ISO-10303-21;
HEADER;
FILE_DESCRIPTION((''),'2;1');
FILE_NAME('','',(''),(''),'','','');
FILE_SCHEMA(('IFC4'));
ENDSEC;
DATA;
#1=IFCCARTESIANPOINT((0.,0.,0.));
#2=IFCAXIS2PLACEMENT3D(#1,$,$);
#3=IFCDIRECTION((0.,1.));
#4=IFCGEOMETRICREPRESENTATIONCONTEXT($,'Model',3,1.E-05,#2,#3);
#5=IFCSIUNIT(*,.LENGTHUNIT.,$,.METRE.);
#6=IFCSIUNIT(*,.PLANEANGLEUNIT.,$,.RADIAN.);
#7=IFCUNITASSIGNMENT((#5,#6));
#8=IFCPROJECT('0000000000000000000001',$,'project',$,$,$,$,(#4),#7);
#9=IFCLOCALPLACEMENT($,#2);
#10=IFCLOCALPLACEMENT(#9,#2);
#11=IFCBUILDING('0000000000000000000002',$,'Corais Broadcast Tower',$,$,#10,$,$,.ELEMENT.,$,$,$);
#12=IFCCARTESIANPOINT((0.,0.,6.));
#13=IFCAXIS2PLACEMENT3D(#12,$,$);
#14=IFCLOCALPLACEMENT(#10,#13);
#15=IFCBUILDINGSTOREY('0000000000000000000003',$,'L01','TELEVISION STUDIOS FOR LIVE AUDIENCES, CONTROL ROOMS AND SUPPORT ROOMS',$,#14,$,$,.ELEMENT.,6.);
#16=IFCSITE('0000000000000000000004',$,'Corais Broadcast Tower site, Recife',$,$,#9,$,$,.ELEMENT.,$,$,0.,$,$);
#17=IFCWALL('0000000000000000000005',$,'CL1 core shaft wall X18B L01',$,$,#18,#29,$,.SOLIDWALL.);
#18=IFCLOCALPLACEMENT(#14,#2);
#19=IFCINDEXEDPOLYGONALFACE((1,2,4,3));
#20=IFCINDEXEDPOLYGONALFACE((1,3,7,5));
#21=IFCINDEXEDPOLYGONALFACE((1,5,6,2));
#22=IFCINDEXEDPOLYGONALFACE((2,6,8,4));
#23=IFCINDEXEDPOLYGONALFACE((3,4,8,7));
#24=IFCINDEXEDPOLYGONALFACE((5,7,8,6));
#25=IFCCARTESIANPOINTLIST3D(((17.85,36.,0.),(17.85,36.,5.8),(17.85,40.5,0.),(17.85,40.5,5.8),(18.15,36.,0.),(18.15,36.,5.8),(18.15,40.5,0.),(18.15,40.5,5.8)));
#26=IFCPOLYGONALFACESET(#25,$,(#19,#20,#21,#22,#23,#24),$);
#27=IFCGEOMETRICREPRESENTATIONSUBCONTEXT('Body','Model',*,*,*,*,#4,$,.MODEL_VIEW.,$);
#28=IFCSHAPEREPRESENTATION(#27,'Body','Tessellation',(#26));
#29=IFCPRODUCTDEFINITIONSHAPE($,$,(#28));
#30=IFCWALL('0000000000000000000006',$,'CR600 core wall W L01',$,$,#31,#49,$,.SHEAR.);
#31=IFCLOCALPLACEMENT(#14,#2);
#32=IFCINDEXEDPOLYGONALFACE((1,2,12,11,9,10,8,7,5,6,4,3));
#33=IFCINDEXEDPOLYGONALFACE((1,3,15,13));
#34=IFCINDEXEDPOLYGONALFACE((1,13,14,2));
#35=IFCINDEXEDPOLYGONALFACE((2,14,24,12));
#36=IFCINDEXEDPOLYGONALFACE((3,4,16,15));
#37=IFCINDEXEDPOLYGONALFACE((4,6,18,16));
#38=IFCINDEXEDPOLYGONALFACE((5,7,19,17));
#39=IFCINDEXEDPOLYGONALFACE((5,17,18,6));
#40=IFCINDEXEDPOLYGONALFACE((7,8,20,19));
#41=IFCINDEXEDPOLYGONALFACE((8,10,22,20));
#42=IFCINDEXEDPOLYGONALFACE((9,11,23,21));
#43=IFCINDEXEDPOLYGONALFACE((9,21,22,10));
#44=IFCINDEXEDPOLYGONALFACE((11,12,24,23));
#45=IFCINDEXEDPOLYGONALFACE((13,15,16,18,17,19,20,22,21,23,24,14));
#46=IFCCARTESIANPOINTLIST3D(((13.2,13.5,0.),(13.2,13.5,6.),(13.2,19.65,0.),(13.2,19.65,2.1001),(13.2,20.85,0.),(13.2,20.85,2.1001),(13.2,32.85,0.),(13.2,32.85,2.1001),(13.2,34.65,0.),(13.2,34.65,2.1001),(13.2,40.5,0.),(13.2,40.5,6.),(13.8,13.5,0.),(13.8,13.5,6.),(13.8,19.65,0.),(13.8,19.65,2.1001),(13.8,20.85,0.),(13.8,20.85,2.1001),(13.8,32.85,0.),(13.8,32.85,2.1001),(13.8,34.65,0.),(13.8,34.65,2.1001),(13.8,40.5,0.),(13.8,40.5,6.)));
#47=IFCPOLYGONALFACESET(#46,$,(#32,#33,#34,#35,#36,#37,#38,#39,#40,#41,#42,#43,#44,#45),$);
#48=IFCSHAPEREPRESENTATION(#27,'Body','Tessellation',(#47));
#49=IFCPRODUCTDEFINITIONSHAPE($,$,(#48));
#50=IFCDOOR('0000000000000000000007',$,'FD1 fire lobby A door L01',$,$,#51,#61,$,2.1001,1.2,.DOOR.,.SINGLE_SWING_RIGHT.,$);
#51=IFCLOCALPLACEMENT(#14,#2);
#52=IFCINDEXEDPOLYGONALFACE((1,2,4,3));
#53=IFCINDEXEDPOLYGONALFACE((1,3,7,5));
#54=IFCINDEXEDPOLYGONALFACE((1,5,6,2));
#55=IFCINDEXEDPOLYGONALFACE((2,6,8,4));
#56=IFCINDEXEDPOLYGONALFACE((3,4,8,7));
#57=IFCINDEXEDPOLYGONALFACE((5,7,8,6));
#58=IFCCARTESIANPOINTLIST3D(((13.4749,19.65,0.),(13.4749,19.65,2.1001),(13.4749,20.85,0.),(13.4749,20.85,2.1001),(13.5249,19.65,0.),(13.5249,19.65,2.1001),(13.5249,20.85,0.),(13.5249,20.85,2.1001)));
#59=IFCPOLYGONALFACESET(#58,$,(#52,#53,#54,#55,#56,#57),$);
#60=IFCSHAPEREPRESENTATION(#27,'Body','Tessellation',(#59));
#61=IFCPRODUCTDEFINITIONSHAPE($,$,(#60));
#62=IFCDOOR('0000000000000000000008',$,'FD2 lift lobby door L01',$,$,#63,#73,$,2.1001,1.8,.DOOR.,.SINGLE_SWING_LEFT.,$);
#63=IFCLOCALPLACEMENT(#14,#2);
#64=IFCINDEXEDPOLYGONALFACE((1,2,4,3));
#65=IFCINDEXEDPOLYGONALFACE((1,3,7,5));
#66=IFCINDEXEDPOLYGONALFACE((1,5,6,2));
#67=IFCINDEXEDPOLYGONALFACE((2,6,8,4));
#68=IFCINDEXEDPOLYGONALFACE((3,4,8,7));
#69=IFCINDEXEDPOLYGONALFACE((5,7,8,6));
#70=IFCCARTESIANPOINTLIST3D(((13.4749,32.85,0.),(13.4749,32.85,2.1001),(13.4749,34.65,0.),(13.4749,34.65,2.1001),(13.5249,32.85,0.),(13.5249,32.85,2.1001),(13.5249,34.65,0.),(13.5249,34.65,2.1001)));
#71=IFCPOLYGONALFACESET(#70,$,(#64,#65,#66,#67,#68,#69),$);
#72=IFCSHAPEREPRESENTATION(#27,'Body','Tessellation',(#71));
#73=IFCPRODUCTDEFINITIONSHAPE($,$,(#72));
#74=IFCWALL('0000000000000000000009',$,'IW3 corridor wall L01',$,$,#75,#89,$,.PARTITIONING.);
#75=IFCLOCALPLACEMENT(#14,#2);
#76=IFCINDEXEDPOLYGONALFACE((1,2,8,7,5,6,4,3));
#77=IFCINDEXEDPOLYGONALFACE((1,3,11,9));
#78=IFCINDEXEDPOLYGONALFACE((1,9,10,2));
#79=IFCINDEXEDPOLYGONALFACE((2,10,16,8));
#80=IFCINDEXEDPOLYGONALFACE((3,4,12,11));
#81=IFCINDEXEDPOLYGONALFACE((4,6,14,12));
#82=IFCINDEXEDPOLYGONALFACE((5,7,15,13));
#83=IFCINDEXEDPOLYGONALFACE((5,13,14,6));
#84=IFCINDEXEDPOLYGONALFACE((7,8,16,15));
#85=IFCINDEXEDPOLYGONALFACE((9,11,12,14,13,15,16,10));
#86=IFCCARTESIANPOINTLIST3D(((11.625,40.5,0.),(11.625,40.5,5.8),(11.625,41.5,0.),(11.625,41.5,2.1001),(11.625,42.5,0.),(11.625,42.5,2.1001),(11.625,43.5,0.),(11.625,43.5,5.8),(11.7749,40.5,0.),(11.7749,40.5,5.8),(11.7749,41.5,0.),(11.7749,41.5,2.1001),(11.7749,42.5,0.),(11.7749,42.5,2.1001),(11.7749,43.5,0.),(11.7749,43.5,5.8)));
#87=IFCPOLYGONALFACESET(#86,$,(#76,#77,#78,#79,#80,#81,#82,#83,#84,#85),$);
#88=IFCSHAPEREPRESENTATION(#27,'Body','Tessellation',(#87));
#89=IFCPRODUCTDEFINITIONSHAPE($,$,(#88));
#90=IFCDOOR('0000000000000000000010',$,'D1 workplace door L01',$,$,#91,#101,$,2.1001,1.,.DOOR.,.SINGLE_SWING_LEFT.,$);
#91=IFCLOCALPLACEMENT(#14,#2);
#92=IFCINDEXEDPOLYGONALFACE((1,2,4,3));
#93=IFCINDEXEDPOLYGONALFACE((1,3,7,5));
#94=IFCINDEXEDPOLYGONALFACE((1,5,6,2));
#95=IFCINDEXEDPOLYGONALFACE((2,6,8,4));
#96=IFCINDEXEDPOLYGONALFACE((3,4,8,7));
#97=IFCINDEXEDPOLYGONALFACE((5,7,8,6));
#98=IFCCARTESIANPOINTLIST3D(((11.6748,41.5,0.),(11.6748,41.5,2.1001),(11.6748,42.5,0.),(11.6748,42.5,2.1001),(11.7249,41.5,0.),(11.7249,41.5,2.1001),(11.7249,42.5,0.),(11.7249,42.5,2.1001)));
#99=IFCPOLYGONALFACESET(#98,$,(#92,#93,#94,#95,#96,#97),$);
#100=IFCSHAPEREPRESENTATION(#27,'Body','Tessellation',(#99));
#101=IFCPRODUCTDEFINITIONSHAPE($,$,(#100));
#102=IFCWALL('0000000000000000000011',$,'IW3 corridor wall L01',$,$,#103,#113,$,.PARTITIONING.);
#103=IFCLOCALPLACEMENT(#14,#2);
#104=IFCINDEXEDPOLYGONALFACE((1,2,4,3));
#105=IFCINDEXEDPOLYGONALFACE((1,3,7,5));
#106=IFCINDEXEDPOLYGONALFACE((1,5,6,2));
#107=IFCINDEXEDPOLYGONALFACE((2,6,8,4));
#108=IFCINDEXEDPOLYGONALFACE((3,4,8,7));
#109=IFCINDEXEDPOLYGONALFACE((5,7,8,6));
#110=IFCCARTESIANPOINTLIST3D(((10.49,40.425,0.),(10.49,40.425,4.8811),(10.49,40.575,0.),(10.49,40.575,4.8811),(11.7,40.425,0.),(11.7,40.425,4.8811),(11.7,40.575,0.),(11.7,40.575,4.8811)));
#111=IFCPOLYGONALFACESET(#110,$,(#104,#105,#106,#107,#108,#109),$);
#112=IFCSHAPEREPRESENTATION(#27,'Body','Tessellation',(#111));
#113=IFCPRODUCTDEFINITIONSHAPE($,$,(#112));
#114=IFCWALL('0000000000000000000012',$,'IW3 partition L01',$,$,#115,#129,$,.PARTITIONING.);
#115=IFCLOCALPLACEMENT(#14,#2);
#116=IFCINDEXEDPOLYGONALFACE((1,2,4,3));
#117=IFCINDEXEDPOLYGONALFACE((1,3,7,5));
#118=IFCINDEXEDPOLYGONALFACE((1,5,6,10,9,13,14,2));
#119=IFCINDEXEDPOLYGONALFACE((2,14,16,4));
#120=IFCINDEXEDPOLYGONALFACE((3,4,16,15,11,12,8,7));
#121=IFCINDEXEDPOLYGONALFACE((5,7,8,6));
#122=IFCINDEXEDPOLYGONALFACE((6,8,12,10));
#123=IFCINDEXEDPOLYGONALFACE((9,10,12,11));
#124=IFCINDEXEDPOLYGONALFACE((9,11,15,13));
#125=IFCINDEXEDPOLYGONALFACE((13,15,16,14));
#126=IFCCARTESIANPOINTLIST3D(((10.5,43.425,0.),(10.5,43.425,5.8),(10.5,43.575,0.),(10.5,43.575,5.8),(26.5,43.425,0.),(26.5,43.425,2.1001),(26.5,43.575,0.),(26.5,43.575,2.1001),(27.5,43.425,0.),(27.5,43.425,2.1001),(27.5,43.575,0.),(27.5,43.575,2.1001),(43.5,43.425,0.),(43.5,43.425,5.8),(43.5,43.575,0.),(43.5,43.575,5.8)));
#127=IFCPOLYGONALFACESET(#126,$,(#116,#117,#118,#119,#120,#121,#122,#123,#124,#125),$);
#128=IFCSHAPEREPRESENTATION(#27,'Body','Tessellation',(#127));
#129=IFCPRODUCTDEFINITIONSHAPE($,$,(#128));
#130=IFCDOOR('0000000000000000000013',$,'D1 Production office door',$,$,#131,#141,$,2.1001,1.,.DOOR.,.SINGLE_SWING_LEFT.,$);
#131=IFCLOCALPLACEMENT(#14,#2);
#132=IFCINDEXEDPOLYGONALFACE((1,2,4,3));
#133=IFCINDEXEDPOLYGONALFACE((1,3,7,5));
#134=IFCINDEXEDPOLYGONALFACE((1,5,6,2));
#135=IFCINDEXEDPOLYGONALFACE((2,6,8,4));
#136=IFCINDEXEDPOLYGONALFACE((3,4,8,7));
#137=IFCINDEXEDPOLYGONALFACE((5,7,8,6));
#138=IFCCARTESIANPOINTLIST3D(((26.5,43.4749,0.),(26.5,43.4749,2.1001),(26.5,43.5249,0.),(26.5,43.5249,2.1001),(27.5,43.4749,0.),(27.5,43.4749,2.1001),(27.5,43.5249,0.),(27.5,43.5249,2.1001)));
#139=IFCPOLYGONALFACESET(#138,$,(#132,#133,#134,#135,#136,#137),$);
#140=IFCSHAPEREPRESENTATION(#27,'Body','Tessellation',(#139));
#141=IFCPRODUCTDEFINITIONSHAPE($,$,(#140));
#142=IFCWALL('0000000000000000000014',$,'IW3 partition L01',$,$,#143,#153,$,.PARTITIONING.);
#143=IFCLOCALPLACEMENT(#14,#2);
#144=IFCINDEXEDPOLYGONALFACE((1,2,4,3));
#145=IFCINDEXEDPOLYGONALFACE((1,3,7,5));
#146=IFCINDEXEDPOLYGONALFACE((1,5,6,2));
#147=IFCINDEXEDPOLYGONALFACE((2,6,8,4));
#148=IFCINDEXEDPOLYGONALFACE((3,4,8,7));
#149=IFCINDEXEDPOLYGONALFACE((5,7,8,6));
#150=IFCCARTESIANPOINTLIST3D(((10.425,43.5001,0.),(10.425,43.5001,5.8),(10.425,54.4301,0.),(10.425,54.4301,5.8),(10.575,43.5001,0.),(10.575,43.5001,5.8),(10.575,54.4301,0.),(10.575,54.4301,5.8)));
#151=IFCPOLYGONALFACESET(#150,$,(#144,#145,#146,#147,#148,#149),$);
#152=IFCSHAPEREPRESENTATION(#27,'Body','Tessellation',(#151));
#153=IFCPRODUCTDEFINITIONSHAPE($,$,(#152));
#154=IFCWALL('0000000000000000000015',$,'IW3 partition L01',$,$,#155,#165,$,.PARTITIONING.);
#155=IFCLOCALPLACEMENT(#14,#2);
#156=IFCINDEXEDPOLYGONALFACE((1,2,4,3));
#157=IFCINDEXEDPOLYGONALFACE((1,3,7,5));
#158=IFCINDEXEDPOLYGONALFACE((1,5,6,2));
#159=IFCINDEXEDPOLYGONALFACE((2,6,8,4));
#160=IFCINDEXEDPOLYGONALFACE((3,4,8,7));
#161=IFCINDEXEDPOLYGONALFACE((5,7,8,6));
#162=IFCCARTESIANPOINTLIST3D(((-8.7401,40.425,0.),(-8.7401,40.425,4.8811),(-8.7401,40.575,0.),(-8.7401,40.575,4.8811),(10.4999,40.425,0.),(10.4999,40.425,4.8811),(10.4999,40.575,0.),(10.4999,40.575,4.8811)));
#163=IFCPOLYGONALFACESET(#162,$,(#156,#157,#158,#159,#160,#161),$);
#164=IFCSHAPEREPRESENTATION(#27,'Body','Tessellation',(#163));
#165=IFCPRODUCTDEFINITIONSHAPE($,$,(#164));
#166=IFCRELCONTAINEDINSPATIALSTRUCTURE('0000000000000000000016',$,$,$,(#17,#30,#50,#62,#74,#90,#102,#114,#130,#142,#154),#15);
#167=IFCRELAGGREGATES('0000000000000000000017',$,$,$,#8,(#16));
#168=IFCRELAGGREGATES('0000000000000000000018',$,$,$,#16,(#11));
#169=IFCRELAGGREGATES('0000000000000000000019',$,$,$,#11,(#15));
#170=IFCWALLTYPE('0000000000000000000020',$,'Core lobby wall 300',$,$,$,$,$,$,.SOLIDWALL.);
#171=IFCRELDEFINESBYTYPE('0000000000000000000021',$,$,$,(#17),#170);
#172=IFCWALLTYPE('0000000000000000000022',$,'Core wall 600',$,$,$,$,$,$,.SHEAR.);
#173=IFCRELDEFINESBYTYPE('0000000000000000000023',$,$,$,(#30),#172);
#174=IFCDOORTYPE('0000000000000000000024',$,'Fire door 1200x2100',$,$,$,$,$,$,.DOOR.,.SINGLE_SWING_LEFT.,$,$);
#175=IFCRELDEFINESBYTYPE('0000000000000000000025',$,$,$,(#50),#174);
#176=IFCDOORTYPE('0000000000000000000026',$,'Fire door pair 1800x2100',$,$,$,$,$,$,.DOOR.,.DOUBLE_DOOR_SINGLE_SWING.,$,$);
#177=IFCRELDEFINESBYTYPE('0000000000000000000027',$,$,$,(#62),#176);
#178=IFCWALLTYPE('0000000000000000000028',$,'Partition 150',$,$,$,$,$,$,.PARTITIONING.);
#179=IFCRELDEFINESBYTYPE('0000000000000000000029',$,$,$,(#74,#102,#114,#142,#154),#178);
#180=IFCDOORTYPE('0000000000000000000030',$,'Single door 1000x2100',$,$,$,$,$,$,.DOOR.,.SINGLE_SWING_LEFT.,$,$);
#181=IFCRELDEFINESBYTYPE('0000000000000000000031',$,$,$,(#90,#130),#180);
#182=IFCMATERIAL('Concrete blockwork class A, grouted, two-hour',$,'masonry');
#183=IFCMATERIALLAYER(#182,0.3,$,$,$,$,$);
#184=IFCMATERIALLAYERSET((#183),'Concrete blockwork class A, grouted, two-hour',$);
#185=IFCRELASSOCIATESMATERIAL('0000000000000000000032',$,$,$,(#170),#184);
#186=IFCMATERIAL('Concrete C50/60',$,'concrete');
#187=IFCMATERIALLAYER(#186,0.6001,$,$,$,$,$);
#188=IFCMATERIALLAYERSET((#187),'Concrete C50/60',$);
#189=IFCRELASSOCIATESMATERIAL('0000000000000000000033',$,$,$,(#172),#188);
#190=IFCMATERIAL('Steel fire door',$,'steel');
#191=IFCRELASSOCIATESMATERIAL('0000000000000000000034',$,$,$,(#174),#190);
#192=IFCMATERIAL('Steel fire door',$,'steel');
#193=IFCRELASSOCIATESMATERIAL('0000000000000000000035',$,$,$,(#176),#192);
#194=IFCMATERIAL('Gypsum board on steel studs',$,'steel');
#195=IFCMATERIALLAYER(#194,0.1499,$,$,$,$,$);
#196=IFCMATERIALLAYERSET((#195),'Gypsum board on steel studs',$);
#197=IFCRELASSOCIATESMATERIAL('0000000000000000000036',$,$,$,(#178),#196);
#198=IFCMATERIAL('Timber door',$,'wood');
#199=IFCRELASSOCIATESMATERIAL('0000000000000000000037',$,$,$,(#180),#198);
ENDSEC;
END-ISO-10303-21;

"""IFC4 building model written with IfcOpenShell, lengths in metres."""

from ifc_helpers import new_model, si_unit, direction, frame, frame_2d, origin, place, context, subcontext, project, spatial, rectangle, extrude, material, layer, layer_set, type_object, element, fill, save


model = new_model("IFC4")

# Units and contexts
model_context = context("Model", 3, precision=1e-05, world=origin(), true_north=direction((0.0, 1.0)))
body_context = subcontext(model_context, "Body", "Model", "MODEL_VIEW")
ifc_project = project(units=[si_unit("LENGTHUNIT", "METRE"), si_unit("PLANEANGLEUNIT", "RADIAN")], contexts=[model_context])

# Site, building, storey
site_placement = place(None, origin())
site = spatial("IfcSite", under=ifc_project, at=site_placement, Name="Corais Broadcast Tower site, Recife", CompositionType="ELEMENT", RefElevation=0.0)
building_placement = place(site_placement, origin())
building = spatial("IfcBuilding", under=site, at=building_placement, Name="Corais Broadcast Tower", CompositionType="ELEMENT")
storey_placement = place(building_placement, frame((0.0, 0.0, 6.0)))
storey = spatial("IfcBuildingStorey", under=building, at=storey_placement, Name="L01", Description="TELEVISION STUDIOS FOR LIVE AUDIENCES, CONTROL ROOMS AND SUPPORT ROOMS", CompositionType="ELEMENT", Elevation=6.0)

# Wall
ifc_material_1 = material(Name="Concrete blockwork class A, grouted, two-hour", Category="masonry")
ifc_layer_1 = layer(ifc_material_1, 0.3)
ifc_layer_set_1 = layer_set([ifc_layer_1], Name="Concrete blockwork class A, grouted, two-hour")
wall_type_1 = type_object("IfcWallType", Name="Core lobby wall 300", PredefinedType="SOLIDWALL", material=ifc_layer_set_1)
wall_1_placement = place(storey_placement, frame((18.0, 36.0, 0.0), z_axis=(0.0, 0.0, 1.0), x_axis=(0.0, 1.0, 0.0)))
element("IfcWall", 1, at=wall_1_placement, inside=storey, type_object=wall_type_1, Name="CL1 core shaft wall X18B L01", PredefinedType="SOLIDWALL", context=body_context, shape_type="SweptSolid", body=[
    extrude(rectangle(XDim=4.5, YDim=0.3, at=frame_2d((2.25, 0.0))), origin(), (0.0, 0.0, 1.0), 5.8),
])

# Wall, openings, doors
ifc_material_2 = material(Name="Concrete C50/60", Category="concrete")
ifc_layer_2 = layer(ifc_material_2, 0.6001)
ifc_layer_set_2 = layer_set([ifc_layer_2], Name="Concrete C50/60")
wall_type_2 = type_object("IfcWallType", Name="Core wall 600", PredefinedType="SHEAR", material=ifc_layer_set_2)
wall_2_placement = place(storey_placement, frame((13.5, 40.5, 0.0), z_axis=(0.0, 0.0, 1.0), x_axis=(0.0, -1.0, 0.0)))
wall_2 = element("IfcWall", 2, at=wall_2_placement, inside=storey, type_object=wall_type_2, Name="CR600 core wall W L01", PredefinedType="SHEAR", context=body_context, shape_type="SweptSolid", body=[
    extrude(rectangle(XDim=27.0, YDim=0.6001, at=frame_2d((13.5, 0.0))), origin(), (0.0, 0.0, 1.0), 6.0),
])
opening_1_placement = place(wall_2_placement, frame((19.6499, 0.0, 0.0)))
opening_1 = element("IfcOpeningElement", 3, at=opening_1_placement, cuts=wall_2, PredefinedType="OPENING", context=body_context, shape_type="SweptSolid", body=[
    extrude(rectangle(XDim=1.2, YDim=2.1001, at=frame_2d((0.6001, 1.05))), frame((0.0, 0.3101, 0.0), z_axis=(0.0, -1.0, 0.0), x_axis=(1.0, 0.0, 0.0)), (0.0, 0.0, 1.0), 0.6201),
])
opening_2_placement = place(wall_2_placement, frame((5.8501, 0.0, 0.0)))
opening_2 = element("IfcOpeningElement", 4, at=opening_2_placement, cuts=wall_2, PredefinedType="OPENING", context=body_context, shape_type="SweptSolid", body=[
    extrude(rectangle(XDim=1.8, YDim=2.1001, at=frame_2d((0.8999, 1.05))), frame((0.0, 0.3101, 0.0), z_axis=(0.0, -1.0, 0.0), x_axis=(1.0, 0.0, 0.0)), (0.0, 0.0, 1.0), 0.6201),
])
ifc_material_3 = material(Name="Steel fire door", Category="steel")
door_type_1 = type_object("IfcDoorType", Name="Fire door 1200x2100", OperationType="SINGLE_SWING_LEFT", PredefinedType="DOOR", material=ifc_material_3)
door_1_placement = place(opening_1_placement, origin())
door_1 = element("IfcDoor", 5, at=door_1_placement, inside=storey, type_object=door_type_1, Name="FD1 fire lobby A door L01", OperationType="SINGLE_SWING_RIGHT", OverallHeight=2.1001, OverallWidth=1.2, PredefinedType="DOOR", context=body_context, shape_type="SweptSolid", body=[
    extrude(rectangle(XDim=1.2, YDim=2.1001, at=frame_2d((0.6001, 1.05))), frame((0.0, 0.0249, 0.0), z_axis=(0.0, -1.0, 0.0), x_axis=(1.0, 0.0, 0.0)), (0.0, 0.0, 1.0), 0.05),
])
fill(opening_1, door_1)
ifc_material_4 = material(Name="Steel fire door", Category="steel")
door_type_2 = type_object("IfcDoorType", Name="Fire door pair 1800x2100", OperationType="DOUBLE_DOOR_SINGLE_SWING", PredefinedType="DOOR", material=ifc_material_4)
door_2_placement = place(opening_2_placement, origin())
door_2 = element("IfcDoor", 6, at=door_2_placement, inside=storey, type_object=door_type_2, Name="FD2 lift lobby door L01", OperationType="SINGLE_SWING_LEFT", OverallHeight=2.1001, OverallWidth=1.8, PredefinedType="DOOR", context=body_context, shape_type="SweptSolid", body=[
    extrude(rectangle(XDim=1.8, YDim=2.1001, at=frame_2d((0.8999, 1.05))), frame((0.0, 0.0249, 0.0), z_axis=(0.0, -1.0, 0.0), x_axis=(1.0, 0.0, 0.0)), (0.0, 0.0, 1.0), 0.05),
])
fill(opening_2, door_2)

# Wall, opening, door
ifc_material_5 = material(Name="Gypsum board on steel studs", Category="steel")
ifc_layer_3 = layer(ifc_material_5, 0.1499)
ifc_layer_set_3 = layer_set([ifc_layer_3], Name="Gypsum board on steel studs")
wall_type_3 = type_object("IfcWallType", Name="Partition 150", PredefinedType="PARTITIONING", material=ifc_layer_set_3)
wall_3_placement = place(storey_placement, frame((11.7, 43.5, 0.0), z_axis=(0.0, 0.0, 1.0), x_axis=(0.0, -1.0, 0.0)))
wall_3 = element("IfcWall", 7, at=wall_3_placement, inside=storey, type_object=wall_type_3, Name="IW3 corridor wall L01", PredefinedType="PARTITIONING", context=body_context, shape_type="SweptSolid", body=[
    extrude(rectangle(XDim=3.0, YDim=0.1499, at=frame_2d((1.5, 0.0))), origin(), (0.0, 0.0, 1.0), 5.8),
])
opening_3_placement = place(wall_3_placement, frame((1.0, 0.0, 0.0)))
opening_3 = element("IfcOpeningElement", 8, at=opening_3_placement, cuts=wall_3, PredefinedType="OPENING", context=body_context, shape_type="SweptSolid", body=[
    extrude(rectangle(XDim=1.0, YDim=2.1001, at=frame_2d((0.5, 1.05))), frame((0.0, 0.085, 0.0), z_axis=(0.0, -1.0, 0.0), x_axis=(1.0, 0.0, 0.0)), (0.0, 0.0, 1.0), 0.1699),
])
ifc_material_6 = material(Name="Timber door", Category="wood")
door_type_3 = type_object("IfcDoorType", Name="Single door 1000x2100", OperationType="SINGLE_SWING_LEFT", PredefinedType="DOOR", material=ifc_material_6)
door_3_placement = place(opening_3_placement, origin())
door_3 = element("IfcDoor", 9, at=door_3_placement, inside=storey, type_object=door_type_3, Name="D1 workplace door L01", OperationType="SINGLE_SWING_LEFT", OverallHeight=2.1001, OverallWidth=1.0, PredefinedType="DOOR", context=body_context, shape_type="SweptSolid", body=[
    extrude(rectangle(XDim=1.0, YDim=2.1001, at=frame_2d((0.5, 1.05))), frame((0.0, 0.0249, 0.0), z_axis=(0.0, -1.0, 0.0), x_axis=(1.0, 0.0, 0.0)), (0.0, 0.0, 1.0), 0.05),
])
fill(opening_3, door_3)

# Wall
wall_4_placement = place(storey_placement, frame((11.7, 40.5, 0.0), z_axis=(0.0, 0.0, 1.0), x_axis=(-1.0, 0.0, 0.0)))
element("IfcWall", 10, at=wall_4_placement, inside=storey, type_object=wall_type_3, Name="IW3 corridor wall L01", PredefinedType="PARTITIONING", context=body_context, shape_type="SweptSolid", body=[
    extrude(rectangle(XDim=1.21, YDim=0.1499, at=frame_2d((0.605, 0.0))), origin(), (0.0, 0.0, 1.0), 4.8811),
])

# Wall, opening, door
wall_5_placement = place(storey_placement, frame((10.5, 43.5, 0.0), z_axis=(0.0, 0.0, 1.0), x_axis=(1.0, 0.0, 0.0)))
wall_5 = element("IfcWall", 11, at=wall_5_placement, inside=storey, type_object=wall_type_3, Name="IW3 partition L01", PredefinedType="PARTITIONING", context=body_context, shape_type="SweptSolid", body=[
    extrude(rectangle(XDim=33.0, YDim=0.1499, at=frame_2d((16.5, 0.0))), origin(), (0.0, 0.0, 1.0), 5.8),
])
opening_4_placement = place(wall_5_placement, frame((16.0, 0.0, 0.0)))
opening_4 = element("IfcOpeningElement", 12, at=opening_4_placement, cuts=wall_5, PredefinedType="OPENING", context=body_context, shape_type="SweptSolid", body=[
    extrude(rectangle(XDim=1.0, YDim=2.1001, at=frame_2d((0.5, 1.05))), frame((0.0, 0.085, 0.0), z_axis=(0.0, -1.0, 0.0), x_axis=(1.0, 0.0, 0.0)), (0.0, 0.0, 1.0), 0.1699),
])
door_4_placement = place(opening_4_placement, origin())
door_4 = element("IfcDoor", 13, at=door_4_placement, inside=storey, type_object=door_type_3, Name="D1 Production office door", OperationType="SINGLE_SWING_LEFT", OverallHeight=2.1001, OverallWidth=1.0, PredefinedType="DOOR", context=body_context, shape_type="SweptSolid", body=[
    extrude(rectangle(XDim=1.0, YDim=2.1001, at=frame_2d((0.5, 1.05))), frame((0.0, 0.0249, 0.0), z_axis=(0.0, -1.0, 0.0), x_axis=(1.0, 0.0, 0.0)), (0.0, 0.0, 1.0), 0.05),
])
fill(opening_4, door_4)

# Walls
wall_6_placement = place(storey_placement, frame((10.5, 54.4299, 0.0), z_axis=(0.0, 0.0, 1.0), x_axis=(0.0, -1.0, 0.0)))
element("IfcWall", 14, at=wall_6_placement, inside=storey, type_object=wall_type_3, Name="IW3 partition L01", PredefinedType="PARTITIONING", context=body_context, shape_type="SweptSolid", body=[
    extrude(rectangle(XDim=10.9299, YDim=0.1499, at=frame_2d((5.4648, 0.0))), origin(), (0.0, 0.0, 1.0), 5.8),
])
wall_7_placement = place(storey_placement, frame((10.5, 40.5, 0.0), z_axis=(0.0, 0.0, 1.0), x_axis=(-1.0, 0.0, 0.0)))
element("IfcWall", 15, at=wall_7_placement, inside=storey, type_object=wall_type_3, Name="IW3 partition L01", PredefinedType="PARTITIONING", context=body_context, shape_type="SweptSolid", body=[
    extrude(rectangle(XDim=19.24, YDim=0.1499, at=frame_2d((9.6201, 0.0))), origin(), (0.0, 0.0, 1.0), 4.8811),
])

save(model, "model.ifc")
